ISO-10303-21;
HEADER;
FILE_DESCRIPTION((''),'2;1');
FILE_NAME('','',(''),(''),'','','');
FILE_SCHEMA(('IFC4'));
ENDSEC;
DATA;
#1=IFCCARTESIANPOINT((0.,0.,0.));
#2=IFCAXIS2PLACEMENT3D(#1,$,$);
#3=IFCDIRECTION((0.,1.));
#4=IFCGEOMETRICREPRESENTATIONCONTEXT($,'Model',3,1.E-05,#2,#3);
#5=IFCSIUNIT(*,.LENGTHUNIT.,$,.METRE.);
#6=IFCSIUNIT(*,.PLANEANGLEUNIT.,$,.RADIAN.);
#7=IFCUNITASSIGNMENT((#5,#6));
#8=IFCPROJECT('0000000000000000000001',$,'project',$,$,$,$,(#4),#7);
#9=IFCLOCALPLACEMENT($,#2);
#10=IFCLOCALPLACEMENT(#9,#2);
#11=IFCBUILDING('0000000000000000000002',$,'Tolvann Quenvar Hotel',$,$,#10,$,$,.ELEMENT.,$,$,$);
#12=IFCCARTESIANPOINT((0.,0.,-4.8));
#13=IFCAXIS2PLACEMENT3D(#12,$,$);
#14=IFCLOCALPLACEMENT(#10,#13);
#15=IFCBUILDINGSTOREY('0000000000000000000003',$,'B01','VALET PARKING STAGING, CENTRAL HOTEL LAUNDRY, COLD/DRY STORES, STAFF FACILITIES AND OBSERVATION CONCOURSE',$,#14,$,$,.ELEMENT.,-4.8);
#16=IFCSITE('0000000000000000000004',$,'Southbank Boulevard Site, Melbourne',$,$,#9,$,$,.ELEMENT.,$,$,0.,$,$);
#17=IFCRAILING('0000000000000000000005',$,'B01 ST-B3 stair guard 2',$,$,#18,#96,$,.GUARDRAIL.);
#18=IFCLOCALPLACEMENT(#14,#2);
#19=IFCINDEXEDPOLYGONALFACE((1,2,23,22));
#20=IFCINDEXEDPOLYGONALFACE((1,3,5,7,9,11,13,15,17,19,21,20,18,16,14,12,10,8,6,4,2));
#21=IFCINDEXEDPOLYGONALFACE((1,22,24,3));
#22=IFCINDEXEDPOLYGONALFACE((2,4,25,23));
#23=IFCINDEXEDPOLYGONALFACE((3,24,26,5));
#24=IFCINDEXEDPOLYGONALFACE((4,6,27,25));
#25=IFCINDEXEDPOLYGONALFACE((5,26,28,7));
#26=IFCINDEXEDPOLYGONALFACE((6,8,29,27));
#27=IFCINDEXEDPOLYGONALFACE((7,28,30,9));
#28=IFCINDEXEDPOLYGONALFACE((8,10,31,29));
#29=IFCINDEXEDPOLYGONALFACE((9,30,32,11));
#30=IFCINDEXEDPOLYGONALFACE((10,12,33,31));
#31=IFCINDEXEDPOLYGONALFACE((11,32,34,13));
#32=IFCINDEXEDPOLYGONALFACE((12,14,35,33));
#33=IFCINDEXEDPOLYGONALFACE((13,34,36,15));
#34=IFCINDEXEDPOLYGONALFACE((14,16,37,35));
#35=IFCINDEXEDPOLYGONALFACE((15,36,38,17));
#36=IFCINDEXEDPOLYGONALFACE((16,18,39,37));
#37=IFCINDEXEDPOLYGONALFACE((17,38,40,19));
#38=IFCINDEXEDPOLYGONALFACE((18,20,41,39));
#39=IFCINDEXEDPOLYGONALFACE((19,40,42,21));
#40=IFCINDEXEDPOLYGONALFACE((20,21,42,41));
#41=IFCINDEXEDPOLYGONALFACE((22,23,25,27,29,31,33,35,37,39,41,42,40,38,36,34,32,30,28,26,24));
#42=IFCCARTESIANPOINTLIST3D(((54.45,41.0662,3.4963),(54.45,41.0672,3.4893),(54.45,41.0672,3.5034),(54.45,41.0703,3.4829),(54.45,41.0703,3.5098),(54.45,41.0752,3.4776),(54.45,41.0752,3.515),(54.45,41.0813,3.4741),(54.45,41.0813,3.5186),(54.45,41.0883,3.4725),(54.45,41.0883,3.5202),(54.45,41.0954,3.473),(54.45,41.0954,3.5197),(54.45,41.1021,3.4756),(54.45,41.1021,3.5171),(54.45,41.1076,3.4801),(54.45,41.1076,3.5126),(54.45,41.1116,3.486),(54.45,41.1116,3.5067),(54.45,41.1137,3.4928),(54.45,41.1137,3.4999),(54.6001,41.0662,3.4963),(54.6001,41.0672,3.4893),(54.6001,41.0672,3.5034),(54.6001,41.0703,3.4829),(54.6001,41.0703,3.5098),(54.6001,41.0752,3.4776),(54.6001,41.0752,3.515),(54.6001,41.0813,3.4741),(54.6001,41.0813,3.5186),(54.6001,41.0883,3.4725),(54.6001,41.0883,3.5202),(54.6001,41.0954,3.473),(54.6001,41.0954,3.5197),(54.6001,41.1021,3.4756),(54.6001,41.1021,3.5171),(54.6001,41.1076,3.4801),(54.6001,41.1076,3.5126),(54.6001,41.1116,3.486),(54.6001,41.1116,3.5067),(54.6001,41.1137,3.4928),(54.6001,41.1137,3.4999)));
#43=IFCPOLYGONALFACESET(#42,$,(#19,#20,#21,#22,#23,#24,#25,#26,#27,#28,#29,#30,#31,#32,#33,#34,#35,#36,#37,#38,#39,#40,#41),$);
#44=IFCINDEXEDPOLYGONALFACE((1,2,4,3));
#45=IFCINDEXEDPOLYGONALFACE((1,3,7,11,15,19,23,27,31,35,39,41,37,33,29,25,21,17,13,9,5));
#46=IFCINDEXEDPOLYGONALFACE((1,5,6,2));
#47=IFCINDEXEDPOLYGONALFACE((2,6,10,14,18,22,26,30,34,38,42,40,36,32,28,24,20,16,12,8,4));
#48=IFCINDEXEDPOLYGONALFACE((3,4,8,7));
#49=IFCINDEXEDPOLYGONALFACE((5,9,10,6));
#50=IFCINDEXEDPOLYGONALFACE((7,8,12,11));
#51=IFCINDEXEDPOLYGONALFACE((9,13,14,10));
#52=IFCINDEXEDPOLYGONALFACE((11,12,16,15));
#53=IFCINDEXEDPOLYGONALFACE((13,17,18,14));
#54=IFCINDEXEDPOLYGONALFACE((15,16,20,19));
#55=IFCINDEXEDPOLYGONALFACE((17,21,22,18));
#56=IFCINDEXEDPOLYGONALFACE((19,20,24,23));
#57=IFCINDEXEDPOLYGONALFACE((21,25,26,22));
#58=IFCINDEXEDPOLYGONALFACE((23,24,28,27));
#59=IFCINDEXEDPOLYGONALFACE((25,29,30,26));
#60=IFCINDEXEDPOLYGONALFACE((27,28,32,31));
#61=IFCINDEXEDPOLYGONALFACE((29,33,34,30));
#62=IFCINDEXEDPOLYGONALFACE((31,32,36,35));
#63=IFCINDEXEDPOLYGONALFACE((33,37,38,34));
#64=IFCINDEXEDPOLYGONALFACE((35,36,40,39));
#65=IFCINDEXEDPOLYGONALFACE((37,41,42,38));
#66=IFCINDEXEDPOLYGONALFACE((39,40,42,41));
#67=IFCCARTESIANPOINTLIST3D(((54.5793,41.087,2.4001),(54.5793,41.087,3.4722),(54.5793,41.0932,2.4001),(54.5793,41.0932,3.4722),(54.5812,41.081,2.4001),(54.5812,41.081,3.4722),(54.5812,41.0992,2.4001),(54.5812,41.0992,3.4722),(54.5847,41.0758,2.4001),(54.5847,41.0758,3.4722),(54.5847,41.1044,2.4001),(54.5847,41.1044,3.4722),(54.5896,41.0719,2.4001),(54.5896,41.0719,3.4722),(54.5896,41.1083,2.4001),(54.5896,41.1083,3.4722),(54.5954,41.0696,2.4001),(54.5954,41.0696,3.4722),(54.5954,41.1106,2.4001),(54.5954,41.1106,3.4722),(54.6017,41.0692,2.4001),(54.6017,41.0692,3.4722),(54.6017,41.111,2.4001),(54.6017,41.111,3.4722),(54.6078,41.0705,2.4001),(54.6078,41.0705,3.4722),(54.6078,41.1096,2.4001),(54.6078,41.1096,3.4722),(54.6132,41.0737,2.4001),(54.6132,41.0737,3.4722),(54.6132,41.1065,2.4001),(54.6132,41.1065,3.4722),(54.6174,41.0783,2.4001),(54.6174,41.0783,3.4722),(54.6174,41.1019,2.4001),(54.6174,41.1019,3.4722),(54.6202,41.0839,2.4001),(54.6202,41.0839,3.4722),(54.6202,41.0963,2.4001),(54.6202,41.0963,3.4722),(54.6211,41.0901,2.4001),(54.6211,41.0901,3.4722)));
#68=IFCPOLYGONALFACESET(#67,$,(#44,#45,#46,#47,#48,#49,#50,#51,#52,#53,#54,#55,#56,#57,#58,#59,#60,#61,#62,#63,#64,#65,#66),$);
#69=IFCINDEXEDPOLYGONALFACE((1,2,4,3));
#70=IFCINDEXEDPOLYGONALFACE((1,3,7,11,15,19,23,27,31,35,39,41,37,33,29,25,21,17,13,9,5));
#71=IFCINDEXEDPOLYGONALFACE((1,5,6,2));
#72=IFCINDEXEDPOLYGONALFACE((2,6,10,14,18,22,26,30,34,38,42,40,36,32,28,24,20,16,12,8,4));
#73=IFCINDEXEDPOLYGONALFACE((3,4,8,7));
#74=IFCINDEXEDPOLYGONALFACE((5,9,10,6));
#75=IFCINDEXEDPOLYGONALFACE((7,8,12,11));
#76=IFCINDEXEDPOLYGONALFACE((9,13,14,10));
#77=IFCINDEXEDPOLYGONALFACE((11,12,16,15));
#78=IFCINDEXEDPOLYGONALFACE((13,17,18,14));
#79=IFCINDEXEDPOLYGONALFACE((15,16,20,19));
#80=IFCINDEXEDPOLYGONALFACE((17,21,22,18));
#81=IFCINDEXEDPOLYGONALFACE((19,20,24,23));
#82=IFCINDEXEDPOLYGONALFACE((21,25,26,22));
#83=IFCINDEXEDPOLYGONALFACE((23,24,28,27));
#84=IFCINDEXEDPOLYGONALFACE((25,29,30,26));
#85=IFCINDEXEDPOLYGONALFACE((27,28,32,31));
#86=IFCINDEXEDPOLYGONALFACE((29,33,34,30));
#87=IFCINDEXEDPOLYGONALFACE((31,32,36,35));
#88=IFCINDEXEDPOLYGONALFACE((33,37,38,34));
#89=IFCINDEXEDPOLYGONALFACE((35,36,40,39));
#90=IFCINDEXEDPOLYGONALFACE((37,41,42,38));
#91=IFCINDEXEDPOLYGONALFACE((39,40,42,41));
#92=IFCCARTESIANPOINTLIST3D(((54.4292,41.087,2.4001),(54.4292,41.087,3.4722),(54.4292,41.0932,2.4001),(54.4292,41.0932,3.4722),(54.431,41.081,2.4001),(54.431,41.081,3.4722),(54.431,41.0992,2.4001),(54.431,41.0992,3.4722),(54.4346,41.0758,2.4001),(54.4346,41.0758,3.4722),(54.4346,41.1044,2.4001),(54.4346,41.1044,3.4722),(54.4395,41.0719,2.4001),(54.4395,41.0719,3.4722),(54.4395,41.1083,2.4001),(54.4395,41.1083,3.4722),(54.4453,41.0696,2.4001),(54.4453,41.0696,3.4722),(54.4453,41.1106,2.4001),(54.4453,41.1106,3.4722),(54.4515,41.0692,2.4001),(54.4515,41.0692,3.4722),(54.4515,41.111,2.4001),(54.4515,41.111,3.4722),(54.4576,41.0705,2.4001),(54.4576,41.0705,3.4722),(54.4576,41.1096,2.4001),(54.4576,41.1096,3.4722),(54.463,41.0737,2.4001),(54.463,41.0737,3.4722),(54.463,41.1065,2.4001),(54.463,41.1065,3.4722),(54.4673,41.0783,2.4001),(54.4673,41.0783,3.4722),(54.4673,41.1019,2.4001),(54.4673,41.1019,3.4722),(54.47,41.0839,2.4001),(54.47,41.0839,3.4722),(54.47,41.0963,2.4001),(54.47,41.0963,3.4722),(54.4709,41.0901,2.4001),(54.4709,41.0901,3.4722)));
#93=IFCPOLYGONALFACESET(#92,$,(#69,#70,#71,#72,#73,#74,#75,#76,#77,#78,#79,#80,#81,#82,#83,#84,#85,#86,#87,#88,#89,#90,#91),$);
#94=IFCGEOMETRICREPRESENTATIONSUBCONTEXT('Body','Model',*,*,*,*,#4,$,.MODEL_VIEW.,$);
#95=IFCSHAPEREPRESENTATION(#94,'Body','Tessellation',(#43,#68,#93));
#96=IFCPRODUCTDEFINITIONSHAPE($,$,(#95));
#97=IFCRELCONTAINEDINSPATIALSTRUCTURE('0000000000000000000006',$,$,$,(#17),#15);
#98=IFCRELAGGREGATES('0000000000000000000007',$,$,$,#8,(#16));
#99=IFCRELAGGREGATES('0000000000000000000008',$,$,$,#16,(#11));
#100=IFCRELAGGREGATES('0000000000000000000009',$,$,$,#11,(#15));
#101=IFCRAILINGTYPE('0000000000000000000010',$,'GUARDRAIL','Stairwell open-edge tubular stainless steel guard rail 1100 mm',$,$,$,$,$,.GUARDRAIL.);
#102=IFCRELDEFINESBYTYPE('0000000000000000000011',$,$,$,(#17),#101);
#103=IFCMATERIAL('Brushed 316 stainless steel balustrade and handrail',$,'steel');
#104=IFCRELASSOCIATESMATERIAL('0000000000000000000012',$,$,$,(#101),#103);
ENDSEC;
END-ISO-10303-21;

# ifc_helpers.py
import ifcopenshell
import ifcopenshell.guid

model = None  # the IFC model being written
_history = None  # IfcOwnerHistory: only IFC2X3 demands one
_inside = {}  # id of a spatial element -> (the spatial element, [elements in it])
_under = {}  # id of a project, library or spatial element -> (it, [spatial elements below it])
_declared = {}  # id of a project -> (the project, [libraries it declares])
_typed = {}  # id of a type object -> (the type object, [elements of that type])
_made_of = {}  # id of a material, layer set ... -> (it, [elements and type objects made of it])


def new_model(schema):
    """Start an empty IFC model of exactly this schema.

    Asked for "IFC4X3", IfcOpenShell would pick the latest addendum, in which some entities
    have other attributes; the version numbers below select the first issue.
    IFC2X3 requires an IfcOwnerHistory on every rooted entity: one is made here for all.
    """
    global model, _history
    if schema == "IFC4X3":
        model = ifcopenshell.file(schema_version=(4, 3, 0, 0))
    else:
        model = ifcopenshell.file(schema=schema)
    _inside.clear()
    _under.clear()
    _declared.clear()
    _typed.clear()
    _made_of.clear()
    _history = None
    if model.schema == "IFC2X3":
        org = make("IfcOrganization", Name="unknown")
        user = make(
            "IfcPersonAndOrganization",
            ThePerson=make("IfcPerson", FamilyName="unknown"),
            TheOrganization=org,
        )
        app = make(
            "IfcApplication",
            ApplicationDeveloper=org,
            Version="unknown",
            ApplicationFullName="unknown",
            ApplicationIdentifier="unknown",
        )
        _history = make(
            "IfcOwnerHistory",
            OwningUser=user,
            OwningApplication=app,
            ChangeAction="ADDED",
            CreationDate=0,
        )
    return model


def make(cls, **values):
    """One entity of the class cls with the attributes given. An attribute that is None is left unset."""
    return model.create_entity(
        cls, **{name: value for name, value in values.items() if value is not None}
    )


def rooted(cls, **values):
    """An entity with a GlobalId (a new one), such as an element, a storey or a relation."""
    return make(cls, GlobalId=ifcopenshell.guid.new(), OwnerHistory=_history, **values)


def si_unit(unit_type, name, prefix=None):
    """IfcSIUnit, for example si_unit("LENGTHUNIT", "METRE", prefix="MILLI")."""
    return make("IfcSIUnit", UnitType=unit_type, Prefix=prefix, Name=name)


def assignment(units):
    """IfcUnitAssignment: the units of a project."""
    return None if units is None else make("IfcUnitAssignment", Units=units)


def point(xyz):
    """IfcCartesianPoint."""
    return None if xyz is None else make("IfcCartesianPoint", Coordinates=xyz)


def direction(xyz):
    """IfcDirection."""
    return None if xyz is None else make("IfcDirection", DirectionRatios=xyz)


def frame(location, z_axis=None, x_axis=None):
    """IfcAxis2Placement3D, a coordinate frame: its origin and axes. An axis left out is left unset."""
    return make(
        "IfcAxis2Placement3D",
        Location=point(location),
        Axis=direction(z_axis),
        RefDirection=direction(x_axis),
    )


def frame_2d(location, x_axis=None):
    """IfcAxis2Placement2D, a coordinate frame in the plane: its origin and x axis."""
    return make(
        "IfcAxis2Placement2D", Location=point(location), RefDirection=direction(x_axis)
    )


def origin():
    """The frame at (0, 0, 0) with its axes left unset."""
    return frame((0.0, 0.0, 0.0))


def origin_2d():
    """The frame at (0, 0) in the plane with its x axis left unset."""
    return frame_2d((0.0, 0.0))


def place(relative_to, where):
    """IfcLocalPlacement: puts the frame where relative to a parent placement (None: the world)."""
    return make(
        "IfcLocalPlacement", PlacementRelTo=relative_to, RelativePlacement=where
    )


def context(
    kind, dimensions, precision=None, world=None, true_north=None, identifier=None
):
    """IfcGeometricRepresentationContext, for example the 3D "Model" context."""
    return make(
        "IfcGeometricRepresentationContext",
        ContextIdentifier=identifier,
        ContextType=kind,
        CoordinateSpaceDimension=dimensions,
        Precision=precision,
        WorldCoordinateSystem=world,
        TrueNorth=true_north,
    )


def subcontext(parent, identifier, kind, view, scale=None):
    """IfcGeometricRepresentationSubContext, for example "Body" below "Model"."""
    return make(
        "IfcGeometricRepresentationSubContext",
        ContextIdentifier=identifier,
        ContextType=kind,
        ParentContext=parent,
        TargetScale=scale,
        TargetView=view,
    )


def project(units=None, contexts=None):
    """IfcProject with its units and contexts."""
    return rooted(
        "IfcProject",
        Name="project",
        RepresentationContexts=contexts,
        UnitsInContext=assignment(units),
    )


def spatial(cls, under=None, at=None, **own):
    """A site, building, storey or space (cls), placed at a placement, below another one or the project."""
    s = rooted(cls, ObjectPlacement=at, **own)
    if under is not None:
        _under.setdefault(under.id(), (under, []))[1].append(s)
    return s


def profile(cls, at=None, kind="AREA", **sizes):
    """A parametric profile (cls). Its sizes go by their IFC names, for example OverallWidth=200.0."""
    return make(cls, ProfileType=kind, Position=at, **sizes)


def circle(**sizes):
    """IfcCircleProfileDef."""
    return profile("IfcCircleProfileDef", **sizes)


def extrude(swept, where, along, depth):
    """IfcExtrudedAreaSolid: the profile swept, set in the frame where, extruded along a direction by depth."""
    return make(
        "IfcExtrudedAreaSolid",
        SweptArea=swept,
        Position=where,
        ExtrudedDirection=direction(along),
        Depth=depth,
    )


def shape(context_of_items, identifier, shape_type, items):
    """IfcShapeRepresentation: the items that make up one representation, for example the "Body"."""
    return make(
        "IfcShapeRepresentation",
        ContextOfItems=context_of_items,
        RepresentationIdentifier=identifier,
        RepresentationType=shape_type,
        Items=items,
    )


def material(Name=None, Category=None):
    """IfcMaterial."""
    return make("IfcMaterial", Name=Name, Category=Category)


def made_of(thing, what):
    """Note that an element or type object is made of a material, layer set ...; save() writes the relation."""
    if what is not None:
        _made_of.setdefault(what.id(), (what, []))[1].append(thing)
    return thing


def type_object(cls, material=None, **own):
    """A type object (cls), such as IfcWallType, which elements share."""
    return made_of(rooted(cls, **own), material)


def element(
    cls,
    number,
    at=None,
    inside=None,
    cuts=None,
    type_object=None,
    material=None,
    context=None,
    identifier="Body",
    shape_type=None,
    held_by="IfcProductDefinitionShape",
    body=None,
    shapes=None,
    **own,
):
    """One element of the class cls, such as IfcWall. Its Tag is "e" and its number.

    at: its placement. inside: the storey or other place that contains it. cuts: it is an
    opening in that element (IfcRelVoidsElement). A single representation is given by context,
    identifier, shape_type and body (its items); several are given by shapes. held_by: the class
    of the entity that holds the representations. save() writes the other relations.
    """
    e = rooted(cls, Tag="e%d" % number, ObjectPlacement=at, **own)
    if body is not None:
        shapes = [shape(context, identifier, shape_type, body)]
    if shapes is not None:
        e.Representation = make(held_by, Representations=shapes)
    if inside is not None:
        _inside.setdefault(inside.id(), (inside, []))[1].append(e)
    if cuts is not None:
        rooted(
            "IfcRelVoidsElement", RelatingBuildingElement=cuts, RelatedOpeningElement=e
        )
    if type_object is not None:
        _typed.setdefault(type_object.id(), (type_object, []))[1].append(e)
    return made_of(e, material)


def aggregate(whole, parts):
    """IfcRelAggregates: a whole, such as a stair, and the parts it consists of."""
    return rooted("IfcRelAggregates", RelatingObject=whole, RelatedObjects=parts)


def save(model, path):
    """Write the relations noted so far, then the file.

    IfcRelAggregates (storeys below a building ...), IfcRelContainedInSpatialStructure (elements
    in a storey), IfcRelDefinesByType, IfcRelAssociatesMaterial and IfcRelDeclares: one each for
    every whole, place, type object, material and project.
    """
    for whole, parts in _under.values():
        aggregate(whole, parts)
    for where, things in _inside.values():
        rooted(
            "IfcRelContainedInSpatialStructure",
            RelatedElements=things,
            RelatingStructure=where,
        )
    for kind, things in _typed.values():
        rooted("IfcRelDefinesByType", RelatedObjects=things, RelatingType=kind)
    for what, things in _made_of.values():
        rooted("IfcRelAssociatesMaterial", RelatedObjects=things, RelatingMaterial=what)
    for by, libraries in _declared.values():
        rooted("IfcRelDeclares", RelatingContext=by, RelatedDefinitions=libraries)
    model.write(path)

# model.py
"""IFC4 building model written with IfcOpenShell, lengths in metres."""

from ifc_helpers import new_model, si_unit, direction, frame, origin, origin_2d, place, context, subcontext, project, spatial, circle, extrude, material, type_object, element, save


model = new_model("IFC4")

# Units and contexts
model_context = context("Model", 3, precision=1e-05, world=origin(), true_north=direction((0.0, 1.0)))
body_context = subcontext(model_context, "Body", "Model", "MODEL_VIEW")
ifc_project = project(units=[si_unit("LENGTHUNIT", "METRE"), si_unit("PLANEANGLEUNIT", "RADIAN")], contexts=[model_context])

# Site, building, storey
site_placement = place(None, origin())
site = spatial("IfcSite", under=ifc_project, at=site_placement, Name="Southbank Boulevard Site, Melbourne", CompositionType="ELEMENT", RefElevation=0.0)
building_placement = place(site_placement, origin())
building = spatial("IfcBuilding", under=site, at=building_placement, Name="Tolvann Quenvar Hotel", CompositionType="ELEMENT")
storey_placement = place(building_placement, frame((0.0, 0.0, -4.8)))
storey = spatial("IfcBuildingStorey", under=building, at=storey_placement, Name="B01", Description="VALET PARKING STAGING, CENTRAL HOTEL LAUNDRY, COLD/DRY STORES, STAFF FACILITIES AND OBSERVATION CONCOURSE", CompositionType="ELEMENT", Elevation=-4.8)

# Railing
ifc_material_1 = material(Name="Brushed 316 stainless steel balustrade and handrail", Category="steel")
railing_type_1 = type_object("IfcRailingType", Name="GUARDRAIL", Description="Stairwell open-edge tubular stainless steel guard rail 1100 mm", PredefinedType="GUARDRAIL", material=ifc_material_1)
railing_1_placement = place(storey_placement, frame((54.6001, 41.0901, 2.4001)))
element("IfcRailing", 1, at=railing_1_placement, inside=storey, type_object=railing_type_1, Name="B01 ST-B3 stair guard 2", PredefinedType="GUARDRAIL", context=body_context, shape_type="SweptSolid", body=[
    extrude(circle(Radius=0.0239, at=origin_2d()), frame((0.0, 0.0, 1.0962), z_axis=(-1.0, 0.0, 0.0), x_axis=(0.0, -1.0, 0.0)), (0.0, 0.0, 1.0), 0.1501),
    extrude(circle(Radius=0.021, at=origin_2d()), origin(), (0.0, 0.0, 1.0), 1.072),
    extrude(circle(Radius=0.021, at=origin_2d()), frame((-0.1501, 0.0, 0.0)), (0.0, 0.0, 1.0), 1.072),
])

save(model, "model.ifc")
